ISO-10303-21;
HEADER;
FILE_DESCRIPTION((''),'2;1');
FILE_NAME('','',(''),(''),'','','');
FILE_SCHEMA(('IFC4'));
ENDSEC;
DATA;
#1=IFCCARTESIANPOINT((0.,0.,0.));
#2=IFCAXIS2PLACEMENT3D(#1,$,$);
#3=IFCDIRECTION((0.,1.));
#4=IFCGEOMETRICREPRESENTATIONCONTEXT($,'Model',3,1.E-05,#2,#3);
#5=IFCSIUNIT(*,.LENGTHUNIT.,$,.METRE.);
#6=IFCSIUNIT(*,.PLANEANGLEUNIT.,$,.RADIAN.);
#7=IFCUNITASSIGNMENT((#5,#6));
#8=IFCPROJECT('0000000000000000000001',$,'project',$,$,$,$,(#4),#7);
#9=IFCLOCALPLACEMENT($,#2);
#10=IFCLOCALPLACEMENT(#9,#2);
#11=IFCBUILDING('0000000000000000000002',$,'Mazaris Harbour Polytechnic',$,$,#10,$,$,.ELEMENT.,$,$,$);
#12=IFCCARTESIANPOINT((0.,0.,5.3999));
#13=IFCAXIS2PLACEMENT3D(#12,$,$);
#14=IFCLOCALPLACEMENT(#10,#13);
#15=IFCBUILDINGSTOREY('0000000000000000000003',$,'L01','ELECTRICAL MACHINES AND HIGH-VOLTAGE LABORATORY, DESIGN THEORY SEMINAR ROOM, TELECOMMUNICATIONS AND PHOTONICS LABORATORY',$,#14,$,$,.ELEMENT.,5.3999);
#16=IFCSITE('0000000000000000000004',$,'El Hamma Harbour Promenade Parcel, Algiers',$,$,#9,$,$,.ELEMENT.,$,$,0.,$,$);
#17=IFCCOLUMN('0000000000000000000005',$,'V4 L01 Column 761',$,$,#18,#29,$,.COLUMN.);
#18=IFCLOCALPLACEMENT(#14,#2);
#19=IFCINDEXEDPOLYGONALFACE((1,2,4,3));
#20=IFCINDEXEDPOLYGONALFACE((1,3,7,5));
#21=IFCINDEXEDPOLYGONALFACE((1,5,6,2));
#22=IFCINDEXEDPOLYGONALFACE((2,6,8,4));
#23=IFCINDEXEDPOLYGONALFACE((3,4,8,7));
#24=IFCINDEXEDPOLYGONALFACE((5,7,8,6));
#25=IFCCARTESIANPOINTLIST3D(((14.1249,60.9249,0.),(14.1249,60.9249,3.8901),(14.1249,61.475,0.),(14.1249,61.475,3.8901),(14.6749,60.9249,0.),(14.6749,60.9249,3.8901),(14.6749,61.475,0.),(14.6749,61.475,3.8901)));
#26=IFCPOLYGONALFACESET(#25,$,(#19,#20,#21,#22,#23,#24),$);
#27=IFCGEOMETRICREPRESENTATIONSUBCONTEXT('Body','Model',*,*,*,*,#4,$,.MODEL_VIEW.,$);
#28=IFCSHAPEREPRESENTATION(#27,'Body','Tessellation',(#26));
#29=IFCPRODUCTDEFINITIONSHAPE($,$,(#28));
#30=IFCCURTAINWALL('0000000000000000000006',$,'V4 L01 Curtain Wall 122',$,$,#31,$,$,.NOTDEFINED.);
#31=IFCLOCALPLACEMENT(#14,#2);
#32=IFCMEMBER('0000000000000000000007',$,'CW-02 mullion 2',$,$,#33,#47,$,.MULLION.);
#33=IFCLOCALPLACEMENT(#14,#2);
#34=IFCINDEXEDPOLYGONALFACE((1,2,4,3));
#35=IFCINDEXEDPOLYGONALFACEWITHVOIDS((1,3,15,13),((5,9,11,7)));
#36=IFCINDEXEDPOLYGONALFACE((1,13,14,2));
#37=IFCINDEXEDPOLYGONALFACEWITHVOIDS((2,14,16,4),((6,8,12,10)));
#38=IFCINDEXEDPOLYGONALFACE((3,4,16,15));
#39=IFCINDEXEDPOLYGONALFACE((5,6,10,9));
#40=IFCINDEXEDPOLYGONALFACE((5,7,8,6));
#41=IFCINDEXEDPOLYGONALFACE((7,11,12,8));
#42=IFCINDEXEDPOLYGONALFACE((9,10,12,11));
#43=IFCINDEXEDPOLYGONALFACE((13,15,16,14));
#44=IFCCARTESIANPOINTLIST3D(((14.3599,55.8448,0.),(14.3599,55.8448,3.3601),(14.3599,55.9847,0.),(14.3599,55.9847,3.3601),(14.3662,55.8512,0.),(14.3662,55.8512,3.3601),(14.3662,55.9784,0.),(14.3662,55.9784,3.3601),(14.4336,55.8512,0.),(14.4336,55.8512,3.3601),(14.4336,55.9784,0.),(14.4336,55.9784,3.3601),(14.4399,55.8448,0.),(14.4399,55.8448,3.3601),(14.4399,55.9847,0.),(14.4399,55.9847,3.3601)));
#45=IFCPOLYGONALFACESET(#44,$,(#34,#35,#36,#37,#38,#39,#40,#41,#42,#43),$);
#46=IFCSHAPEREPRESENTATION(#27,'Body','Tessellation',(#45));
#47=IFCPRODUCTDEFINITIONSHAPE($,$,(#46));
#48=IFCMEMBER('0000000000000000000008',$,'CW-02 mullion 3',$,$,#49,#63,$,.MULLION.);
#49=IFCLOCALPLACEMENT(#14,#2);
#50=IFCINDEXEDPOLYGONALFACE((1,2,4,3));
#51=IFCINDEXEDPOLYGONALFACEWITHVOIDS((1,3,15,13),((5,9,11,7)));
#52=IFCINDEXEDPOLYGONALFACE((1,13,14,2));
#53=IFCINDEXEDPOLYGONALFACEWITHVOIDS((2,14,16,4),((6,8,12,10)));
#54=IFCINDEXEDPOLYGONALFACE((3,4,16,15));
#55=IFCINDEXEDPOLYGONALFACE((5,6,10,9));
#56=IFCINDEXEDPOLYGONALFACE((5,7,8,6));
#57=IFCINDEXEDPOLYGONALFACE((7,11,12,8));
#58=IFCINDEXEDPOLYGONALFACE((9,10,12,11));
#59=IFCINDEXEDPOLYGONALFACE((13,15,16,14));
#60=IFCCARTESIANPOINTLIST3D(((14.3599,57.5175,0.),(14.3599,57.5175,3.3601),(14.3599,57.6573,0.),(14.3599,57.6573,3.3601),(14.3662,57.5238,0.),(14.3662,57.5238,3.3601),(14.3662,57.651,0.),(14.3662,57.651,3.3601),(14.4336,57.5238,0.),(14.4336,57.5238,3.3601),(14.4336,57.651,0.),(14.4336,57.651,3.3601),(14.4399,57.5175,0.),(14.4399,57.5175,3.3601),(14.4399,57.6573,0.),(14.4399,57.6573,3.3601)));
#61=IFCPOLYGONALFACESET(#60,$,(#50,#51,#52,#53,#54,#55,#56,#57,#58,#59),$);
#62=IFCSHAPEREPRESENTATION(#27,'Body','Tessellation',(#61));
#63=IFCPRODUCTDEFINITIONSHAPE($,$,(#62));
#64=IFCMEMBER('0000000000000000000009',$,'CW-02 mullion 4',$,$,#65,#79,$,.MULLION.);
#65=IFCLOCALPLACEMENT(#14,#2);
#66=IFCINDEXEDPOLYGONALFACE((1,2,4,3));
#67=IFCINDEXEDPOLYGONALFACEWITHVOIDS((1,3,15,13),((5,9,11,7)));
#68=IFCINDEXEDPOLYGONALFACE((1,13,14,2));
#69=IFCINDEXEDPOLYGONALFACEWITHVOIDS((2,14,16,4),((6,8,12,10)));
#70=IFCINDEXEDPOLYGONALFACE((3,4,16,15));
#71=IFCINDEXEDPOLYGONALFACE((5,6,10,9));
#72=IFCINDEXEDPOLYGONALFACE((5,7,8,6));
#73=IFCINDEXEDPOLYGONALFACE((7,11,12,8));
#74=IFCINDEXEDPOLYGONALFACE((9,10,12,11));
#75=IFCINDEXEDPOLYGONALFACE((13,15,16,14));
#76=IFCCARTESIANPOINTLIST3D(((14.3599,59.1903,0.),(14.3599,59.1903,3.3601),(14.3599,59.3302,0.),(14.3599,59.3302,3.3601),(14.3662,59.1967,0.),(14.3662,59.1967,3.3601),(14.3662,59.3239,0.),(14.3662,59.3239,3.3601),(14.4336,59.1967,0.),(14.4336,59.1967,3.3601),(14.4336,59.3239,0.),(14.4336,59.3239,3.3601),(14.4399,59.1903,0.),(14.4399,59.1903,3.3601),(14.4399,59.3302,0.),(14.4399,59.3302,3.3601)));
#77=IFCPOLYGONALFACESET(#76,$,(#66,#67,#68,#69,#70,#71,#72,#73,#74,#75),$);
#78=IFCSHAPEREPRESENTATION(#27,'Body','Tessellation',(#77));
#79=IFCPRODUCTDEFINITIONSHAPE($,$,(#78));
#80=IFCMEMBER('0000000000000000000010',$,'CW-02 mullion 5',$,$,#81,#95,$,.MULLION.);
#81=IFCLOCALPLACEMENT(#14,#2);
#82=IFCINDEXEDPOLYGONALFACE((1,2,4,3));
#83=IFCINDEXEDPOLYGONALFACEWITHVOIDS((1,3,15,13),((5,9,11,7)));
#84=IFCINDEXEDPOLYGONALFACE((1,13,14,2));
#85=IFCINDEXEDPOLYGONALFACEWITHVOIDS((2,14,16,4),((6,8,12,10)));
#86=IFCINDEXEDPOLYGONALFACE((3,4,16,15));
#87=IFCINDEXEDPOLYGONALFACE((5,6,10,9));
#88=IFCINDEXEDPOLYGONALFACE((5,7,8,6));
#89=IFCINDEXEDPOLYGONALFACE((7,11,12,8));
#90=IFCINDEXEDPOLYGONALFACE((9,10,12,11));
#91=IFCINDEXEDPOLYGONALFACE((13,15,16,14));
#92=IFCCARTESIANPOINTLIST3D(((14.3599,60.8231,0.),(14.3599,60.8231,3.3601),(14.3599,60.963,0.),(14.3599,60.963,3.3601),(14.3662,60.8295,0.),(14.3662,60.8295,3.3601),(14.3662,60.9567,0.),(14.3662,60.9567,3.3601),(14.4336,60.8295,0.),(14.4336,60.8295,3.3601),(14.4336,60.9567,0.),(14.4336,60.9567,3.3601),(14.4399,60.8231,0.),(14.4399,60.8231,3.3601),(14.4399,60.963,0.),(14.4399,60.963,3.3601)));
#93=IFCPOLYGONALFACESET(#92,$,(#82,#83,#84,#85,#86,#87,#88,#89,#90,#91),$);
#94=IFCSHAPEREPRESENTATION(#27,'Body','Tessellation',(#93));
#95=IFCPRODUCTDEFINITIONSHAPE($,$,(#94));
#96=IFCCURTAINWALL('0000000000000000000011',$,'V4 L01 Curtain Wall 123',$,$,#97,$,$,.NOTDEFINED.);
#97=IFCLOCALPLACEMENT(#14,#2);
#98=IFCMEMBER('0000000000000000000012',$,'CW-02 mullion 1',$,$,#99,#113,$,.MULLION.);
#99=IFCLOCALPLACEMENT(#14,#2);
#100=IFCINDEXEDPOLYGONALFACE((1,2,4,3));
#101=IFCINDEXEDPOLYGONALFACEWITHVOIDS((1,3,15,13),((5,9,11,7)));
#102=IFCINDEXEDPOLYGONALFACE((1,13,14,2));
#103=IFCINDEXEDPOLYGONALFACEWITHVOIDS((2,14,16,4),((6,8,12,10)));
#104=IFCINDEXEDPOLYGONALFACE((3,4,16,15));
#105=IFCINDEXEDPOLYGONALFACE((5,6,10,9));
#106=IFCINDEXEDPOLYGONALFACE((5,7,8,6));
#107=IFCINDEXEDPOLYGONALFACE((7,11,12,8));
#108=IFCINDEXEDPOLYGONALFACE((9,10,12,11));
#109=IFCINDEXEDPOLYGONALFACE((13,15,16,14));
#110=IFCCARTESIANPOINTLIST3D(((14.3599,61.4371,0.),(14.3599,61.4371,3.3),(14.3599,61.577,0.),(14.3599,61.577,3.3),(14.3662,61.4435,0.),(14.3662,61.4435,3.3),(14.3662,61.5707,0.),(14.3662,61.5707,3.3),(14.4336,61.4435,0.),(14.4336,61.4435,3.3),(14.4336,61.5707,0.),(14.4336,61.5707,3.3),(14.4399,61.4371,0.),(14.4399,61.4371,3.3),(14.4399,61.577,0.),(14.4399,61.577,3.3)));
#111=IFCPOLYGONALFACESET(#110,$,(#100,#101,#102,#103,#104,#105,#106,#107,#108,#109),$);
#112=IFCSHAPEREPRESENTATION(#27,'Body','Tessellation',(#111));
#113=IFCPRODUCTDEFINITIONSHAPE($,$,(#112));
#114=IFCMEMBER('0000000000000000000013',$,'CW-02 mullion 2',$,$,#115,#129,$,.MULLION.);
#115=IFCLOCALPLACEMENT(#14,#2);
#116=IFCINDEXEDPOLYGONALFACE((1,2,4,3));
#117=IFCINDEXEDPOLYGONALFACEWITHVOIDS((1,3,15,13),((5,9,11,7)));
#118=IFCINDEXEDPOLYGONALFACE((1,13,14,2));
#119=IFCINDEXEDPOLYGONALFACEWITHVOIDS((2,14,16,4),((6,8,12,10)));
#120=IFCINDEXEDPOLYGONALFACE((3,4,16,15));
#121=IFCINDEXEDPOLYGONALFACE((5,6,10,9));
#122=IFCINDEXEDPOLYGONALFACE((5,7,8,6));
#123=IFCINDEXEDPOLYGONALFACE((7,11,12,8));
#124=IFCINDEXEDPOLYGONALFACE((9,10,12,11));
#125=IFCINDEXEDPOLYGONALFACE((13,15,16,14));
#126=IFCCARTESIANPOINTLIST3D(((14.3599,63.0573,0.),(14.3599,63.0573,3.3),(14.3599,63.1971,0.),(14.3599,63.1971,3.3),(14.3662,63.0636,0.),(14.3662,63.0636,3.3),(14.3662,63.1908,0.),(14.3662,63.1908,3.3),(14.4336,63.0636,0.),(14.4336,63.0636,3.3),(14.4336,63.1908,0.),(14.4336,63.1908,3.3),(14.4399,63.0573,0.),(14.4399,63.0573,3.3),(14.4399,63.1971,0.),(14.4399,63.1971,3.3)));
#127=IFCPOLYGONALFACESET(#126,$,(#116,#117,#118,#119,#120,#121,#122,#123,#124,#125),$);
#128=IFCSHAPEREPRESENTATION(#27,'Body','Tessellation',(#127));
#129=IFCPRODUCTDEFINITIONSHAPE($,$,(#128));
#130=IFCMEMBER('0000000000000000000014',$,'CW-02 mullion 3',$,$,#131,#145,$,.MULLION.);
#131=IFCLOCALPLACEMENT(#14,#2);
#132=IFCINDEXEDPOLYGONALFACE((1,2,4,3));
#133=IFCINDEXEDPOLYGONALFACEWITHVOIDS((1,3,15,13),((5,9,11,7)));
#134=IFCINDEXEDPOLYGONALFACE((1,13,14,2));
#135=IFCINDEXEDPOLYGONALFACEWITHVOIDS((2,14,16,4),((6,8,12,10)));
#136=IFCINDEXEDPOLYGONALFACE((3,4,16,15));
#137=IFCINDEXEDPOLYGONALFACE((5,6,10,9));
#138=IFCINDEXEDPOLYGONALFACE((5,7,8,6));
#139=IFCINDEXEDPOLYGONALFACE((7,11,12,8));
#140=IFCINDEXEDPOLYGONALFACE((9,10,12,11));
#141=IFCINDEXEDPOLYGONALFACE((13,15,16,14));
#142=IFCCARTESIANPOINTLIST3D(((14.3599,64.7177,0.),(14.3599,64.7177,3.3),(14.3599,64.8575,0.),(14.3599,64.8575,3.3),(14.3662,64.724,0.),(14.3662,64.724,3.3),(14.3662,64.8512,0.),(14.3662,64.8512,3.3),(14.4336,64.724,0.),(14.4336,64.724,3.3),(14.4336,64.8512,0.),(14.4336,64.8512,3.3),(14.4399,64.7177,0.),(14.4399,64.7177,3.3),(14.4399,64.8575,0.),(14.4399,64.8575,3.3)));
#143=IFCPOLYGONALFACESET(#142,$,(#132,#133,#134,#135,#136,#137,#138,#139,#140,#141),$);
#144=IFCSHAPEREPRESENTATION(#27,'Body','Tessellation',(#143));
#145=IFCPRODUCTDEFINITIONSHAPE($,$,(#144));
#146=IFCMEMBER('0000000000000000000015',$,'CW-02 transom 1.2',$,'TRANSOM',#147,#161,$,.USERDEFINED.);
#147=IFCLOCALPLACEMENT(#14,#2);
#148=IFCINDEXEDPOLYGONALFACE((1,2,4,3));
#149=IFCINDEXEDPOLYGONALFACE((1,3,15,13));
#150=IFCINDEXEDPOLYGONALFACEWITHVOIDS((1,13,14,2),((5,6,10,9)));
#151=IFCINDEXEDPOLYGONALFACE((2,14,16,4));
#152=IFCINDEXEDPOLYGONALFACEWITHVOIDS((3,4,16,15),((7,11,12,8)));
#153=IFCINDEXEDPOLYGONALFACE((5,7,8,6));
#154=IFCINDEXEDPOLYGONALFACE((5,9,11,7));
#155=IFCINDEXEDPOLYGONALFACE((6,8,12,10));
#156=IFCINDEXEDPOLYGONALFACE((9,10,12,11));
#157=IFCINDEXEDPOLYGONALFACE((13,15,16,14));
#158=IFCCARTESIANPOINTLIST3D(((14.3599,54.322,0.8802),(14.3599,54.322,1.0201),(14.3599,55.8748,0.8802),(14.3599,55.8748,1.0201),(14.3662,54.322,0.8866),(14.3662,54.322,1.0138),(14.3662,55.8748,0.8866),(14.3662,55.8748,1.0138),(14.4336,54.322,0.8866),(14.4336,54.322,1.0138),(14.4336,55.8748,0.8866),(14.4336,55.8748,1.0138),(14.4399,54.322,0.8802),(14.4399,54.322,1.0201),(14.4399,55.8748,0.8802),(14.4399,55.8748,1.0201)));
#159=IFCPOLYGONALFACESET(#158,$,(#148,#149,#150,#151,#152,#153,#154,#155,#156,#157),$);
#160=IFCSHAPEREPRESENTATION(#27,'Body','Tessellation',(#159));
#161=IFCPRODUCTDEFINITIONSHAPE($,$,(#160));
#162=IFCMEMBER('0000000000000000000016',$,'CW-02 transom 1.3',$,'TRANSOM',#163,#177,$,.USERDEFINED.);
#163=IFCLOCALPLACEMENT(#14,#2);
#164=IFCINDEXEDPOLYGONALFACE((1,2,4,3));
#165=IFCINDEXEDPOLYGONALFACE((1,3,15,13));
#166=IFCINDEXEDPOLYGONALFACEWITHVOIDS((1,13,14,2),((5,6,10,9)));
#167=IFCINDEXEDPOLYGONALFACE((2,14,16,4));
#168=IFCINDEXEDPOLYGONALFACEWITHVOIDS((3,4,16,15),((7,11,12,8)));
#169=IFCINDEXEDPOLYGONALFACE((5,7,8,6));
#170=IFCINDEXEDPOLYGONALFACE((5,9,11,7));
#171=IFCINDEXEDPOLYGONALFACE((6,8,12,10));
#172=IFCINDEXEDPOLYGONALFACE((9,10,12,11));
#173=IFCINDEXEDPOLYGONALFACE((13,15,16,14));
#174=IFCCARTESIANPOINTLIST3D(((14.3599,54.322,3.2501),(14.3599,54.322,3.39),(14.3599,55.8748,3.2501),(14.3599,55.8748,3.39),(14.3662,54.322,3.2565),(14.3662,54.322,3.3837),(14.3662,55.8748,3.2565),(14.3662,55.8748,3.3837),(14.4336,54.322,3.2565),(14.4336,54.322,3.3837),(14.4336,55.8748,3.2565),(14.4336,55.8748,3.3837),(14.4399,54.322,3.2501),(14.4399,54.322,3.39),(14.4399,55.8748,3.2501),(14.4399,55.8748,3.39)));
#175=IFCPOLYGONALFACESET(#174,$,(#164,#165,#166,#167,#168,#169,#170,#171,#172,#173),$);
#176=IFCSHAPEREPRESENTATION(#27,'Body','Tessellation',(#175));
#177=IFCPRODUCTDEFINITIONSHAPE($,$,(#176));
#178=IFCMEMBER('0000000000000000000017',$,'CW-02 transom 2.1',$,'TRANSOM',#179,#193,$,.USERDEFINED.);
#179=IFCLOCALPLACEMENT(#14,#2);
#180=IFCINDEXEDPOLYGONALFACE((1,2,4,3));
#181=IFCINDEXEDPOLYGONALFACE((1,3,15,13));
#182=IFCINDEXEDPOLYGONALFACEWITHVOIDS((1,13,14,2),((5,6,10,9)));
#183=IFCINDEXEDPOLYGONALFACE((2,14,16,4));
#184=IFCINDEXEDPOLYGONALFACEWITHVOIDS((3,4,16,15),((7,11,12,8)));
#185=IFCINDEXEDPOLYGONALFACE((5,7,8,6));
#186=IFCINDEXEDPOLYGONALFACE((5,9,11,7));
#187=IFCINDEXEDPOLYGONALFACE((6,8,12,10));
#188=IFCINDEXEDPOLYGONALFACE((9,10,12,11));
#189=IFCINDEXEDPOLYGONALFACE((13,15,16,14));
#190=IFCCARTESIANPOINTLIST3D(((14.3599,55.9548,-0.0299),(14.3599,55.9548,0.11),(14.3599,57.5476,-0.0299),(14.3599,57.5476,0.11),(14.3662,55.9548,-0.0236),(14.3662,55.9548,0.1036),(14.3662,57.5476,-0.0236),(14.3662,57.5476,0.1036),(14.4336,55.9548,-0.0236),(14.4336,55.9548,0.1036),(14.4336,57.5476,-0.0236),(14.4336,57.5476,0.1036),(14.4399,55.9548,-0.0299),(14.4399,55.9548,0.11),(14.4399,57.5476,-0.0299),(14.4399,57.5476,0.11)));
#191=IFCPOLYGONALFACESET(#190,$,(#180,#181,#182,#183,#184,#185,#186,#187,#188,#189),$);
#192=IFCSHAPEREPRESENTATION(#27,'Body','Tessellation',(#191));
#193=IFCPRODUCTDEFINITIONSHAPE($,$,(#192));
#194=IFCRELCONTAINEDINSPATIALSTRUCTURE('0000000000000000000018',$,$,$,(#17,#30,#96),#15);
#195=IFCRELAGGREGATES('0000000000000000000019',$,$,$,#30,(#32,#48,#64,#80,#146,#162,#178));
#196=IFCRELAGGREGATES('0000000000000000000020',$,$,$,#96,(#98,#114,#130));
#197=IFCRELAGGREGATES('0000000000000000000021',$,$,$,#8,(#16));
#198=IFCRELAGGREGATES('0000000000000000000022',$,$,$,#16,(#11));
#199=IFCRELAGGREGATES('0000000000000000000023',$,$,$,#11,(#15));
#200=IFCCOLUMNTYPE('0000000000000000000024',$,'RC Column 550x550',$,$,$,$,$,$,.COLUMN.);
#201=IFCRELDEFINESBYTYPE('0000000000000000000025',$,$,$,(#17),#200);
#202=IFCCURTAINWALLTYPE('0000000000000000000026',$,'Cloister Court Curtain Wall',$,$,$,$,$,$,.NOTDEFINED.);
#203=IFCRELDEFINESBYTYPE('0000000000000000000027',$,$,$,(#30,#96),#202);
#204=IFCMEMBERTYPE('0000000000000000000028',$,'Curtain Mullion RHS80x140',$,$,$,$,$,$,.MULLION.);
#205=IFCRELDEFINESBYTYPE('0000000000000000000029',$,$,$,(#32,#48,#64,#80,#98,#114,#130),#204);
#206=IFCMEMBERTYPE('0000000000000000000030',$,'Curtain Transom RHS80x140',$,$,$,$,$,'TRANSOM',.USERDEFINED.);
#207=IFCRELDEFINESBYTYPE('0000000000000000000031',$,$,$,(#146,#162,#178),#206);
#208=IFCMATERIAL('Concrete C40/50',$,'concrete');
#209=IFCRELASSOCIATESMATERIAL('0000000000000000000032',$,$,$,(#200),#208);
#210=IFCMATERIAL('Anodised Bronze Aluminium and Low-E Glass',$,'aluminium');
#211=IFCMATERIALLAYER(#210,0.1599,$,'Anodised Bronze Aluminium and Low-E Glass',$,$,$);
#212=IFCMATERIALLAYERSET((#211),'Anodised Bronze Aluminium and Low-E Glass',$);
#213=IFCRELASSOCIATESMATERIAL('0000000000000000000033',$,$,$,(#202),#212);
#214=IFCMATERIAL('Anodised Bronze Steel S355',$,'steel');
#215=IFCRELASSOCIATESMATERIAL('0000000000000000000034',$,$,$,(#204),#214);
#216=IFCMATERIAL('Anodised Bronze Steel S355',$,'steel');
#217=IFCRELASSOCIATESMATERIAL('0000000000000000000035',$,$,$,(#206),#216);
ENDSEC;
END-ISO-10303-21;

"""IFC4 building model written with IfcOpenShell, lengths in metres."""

from ifc_helpers import new_model, si_unit, direction, frame, origin, origin_2d, place, context, subcontext, project, spatial, rectangle, hollow_rectangle, extrude, material, layer, layer_set, material_profile, profile_set, type_object, element, aggregate, save


model = new_model("IFC4")

# Units and contexts
model_context = context("Model", 3, precision=1e-05, world=origin(), true_north=direction((0.0, 1.0)))
body_context = subcontext(model_context, "Body", "Model", "MODEL_VIEW")
ifc_project = project(units=[si_unit("LENGTHUNIT", "METRE"), si_unit("PLANEANGLEUNIT", "RADIAN")], contexts=[model_context])

# Site, building, storey
site_placement = place(None, origin())
site = spatial("IfcSite", under=ifc_project, at=site_placement, Name="El Hamma Harbour Promenade Parcel, Algiers", CompositionType="ELEMENT", RefElevation=0.0)
building_placement = place(site_placement, origin())
building = spatial("IfcBuilding", under=site, at=building_placement, Name="Mazaris Harbour Polytechnic", CompositionType="ELEMENT")
storey_placement = place(building_placement, frame((0.0, 0.0, 5.3999)))
storey = spatial("IfcBuildingStorey", under=building, at=storey_placement, Name="L01", Description="ELECTRICAL MACHINES AND HIGH-VOLTAGE LABORATORY, DESIGN THEORY SEMINAR ROOM, TELECOMMUNICATIONS AND PHOTONICS LABORATORY", CompositionType="ELEMENT", Elevation=5.3999)

# Column
ifc_material_1 = material(Name="Concrete C40/50", Category="concrete")
ifc_material_profile_1 = material_profile(ifc_material_1, rectangle(XDim=0.55, YDim=0.55, at=origin_2d()), Name="RECT550x550")
ifc_profile_set_1 = profile_set([ifc_material_profile_1], Name="Concrete C40/50")
column_type = type_object("IfcColumnType", Name="RC Column 550x550", PredefinedType="COLUMN", material=ifc_profile_set_1)
column_placement = place(storey_placement, frame((14.3999, 61.2, 0.0), z_axis=(0.0, 0.0, 1.0), x_axis=(1.0, 0.0, 0.0)))
element("IfcColumn", 1, at=column_placement, inside=storey, type_object=column_type, Name="V4 L01 Column 761", PredefinedType="COLUMN", context=body_context, shape_type="SweptSolid", body=[
    extrude(rectangle(XDim=0.55, YDim=0.55, at=origin_2d()), origin(), (0.0, 0.0, 1.0), 3.8901),
])

# Curtain walls, members
ifc_material_2 = material(Name="Anodised Bronze Aluminium and Low-E Glass", Category="aluminium")
ifc_layer_1 = layer(ifc_material_2, 0.1599, Name="Anodised Bronze Aluminium and Low-E Glass")
ifc_layer_set_1 = layer_set([ifc_layer_1], Name="Anodised Bronze Aluminium and Low-E Glass")
curtain_wall_type = type_object("IfcCurtainWallType", Name="Cloister Court Curtain Wall", PredefinedType="NOTDEFINED", material=ifc_layer_set_1)
curtain_wall_1_placement = place(storey_placement, origin())
curtain_wall_1 = element("IfcCurtainWall", 2, at=curtain_wall_1_placement, inside=storey, type_object=curtain_wall_type, Name="V4 L01 Curtain Wall 122", PredefinedType="NOTDEFINED")
ifc_material_3 = material(Name="Anodised Bronze Steel S355", Category="steel")
ifc_material_profile_2 = material_profile(ifc_material_3, hollow_rectangle(XDim=0.0801, YDim=0.1399, WallThickness=0.0063, at=origin_2d()), Name="RHS 80x140x6.3")
ifc_profile_set_2 = profile_set([ifc_material_profile_2], Name="Anodised Bronze Steel S355")
member_type_1 = type_object("IfcMemberType", Name="Curtain Mullion RHS80x140", PredefinedType="MULLION", material=ifc_profile_set_2)
member_1_placement = place(storey_placement, frame((14.3999, 55.9148, 0.0), z_axis=(0.0, 0.0, 1.0), x_axis=(-1.0, 0.0, 0.0)))
member_1 = element("IfcMember", 3, at=member_1_placement, type_object=member_type_1, Name="CW-02 mullion 2", PredefinedType="MULLION", context=body_context, shape_type="SweptSolid", body=[
    extrude(hollow_rectangle(XDim=0.0801, YDim=0.1399, WallThickness=0.0063, at=origin_2d()), origin(), (0.0, 0.0, 1.0), 3.3601),
])
member_2_placement = place(storey_placement, frame((14.3999, 57.5874, 0.0), z_axis=(0.0, 0.0, 1.0), x_axis=(-1.0, 0.0, 0.0)))
member_2 = element("IfcMember", 4, at=member_2_placement, type_object=member_type_1, Name="CW-02 mullion 3", PredefinedType="MULLION", context=body_context, shape_type="SweptSolid", body=[
    extrude(hollow_rectangle(XDim=0.0801, YDim=0.1399, WallThickness=0.0063, at=origin_2d()), origin(), (0.0, 0.0, 1.0), 3.3601),
])
member_3_placement = place(storey_placement, frame((14.3999, 59.2603, 0.0), z_axis=(0.0, 0.0, 1.0), x_axis=(-1.0, 0.0, 0.0)))
member_3 = element("IfcMember", 5, at=member_3_placement, type_object=member_type_1, Name="CW-02 mullion 4", PredefinedType="MULLION", context=body_context, shape_type="SweptSolid", body=[
    extrude(hollow_rectangle(XDim=0.0801, YDim=0.1399, WallThickness=0.0063, at=origin_2d()), origin(), (0.0, 0.0, 1.0), 3.3601),
])
member_4_placement = place(storey_placement, frame((14.3999, 60.8931, 0.0), z_axis=(0.0, 0.0, 1.0), x_axis=(-1.0, 0.0, 0.0)))
member_4 = element("IfcMember", 6, at=member_4_placement, type_object=member_type_1, Name="CW-02 mullion 5", PredefinedType="MULLION", context=body_context, shape_type="SweptSolid", body=[
    extrude(hollow_rectangle(XDim=0.0801, YDim=0.1399, WallThickness=0.0063, at=origin_2d()), origin(), (0.0, 0.0, 1.0), 3.3601),
])
curtain_wall_2_placement = place(storey_placement, origin())
curtain_wall_2 = element("IfcCurtainWall", 7, at=curtain_wall_2_placement, inside=storey, type_object=curtain_wall_type, Name="V4 L01 Curtain Wall 123", PredefinedType="NOTDEFINED")
member_5_placement = place(storey_placement, frame((14.3999, 61.5071, 0.0), z_axis=(0.0, 0.0, 1.0), x_axis=(-1.0, 0.0, 0.0)))
member_5 = element("IfcMember", 8, at=member_5_placement, type_object=member_type_1, Name="CW-02 mullion 1", PredefinedType="MULLION", context=body_context, shape_type="SweptSolid", body=[
    extrude(hollow_rectangle(XDim=0.0801, YDim=0.1399, WallThickness=0.0063, at=origin_2d()), origin(), (0.0, 0.0, 1.0), 3.3),
])
member_6_placement = place(storey_placement, frame((14.3999, 63.1272, 0.0), z_axis=(0.0, 0.0, 1.0), x_axis=(-1.0, 0.0, 0.0)))
member_6 = element("IfcMember", 9, at=member_6_placement, type_object=member_type_1, Name="CW-02 mullion 2", PredefinedType="MULLION", context=body_context, shape_type="SweptSolid", body=[
    extrude(hollow_rectangle(XDim=0.0801, YDim=0.1399, WallThickness=0.0063, at=origin_2d()), origin(), (0.0, 0.0, 1.0), 3.3),
])
member_7_placement = place(storey_placement, frame((14.3999, 64.7876, 0.0), z_axis=(0.0, 0.0, 1.0), x_axis=(-1.0, 0.0, 0.0)))
member_7 = element("IfcMember", 10, at=member_7_placement, type_object=member_type_1, Name="CW-02 mullion 3", PredefinedType="MULLION", context=body_context, shape_type="SweptSolid", body=[
    extrude(hollow_rectangle(XDim=0.0801, YDim=0.1399, WallThickness=0.0063, at=origin_2d()), origin(), (0.0, 0.0, 1.0), 3.3),
])

# Members
ifc_material_4 = material(Name="Anodised Bronze Steel S355", Category="steel")
ifc_material_profile_3 = material_profile(ifc_material_4, hollow_rectangle(XDim=0.0801, YDim=0.1399, WallThickness=0.0063, at=origin_2d()), Name="RHS 80x140x6.3")
ifc_profile_set_3 = profile_set([ifc_material_profile_3], Name="Anodised Bronze Steel S355")
member_type_2 = type_object("IfcMemberType", Name="Curtain Transom RHS80x140", ElementType="TRANSOM", PredefinedType="USERDEFINED", material=ifc_profile_set_3)
member_8_placement = place(storey_placement, frame((14.3999, 54.322, 0.9502), z_axis=(0.0, 1.0, 0.0), x_axis=(-1.0, 0.0, 0.0)))
member_8 = element("IfcMember", 11, at=member_8_placement, type_object=member_type_2, Name="CW-02 transom 1.2", ObjectType="TRANSOM", PredefinedType="USERDEFINED", context=body_context, shape_type="SweptSolid", body=[
    extrude(hollow_rectangle(XDim=0.0801, YDim=0.1399, WallThickness=0.0063, at=origin_2d()), origin(), (0.0, 0.0, 1.0), 1.5527),
])
member_9_placement = place(storey_placement, frame((14.3999, 54.322, 3.3201), z_axis=(0.0, 1.0, 0.0), x_axis=(-1.0, 0.0, 0.0)))
member_9 = element("IfcMember", 12, at=member_9_placement, type_object=member_type_2, Name="CW-02 transom 1.3", ObjectType="TRANSOM", PredefinedType="USERDEFINED", context=body_context, shape_type="SweptSolid", body=[
    extrude(hollow_rectangle(XDim=0.0801, YDim=0.1399, WallThickness=0.0063, at=origin_2d()), origin(), (0.0, 0.0, 1.0), 1.5527),
])
member_10_placement = place(storey_placement, frame((14.3999, 55.9548, 0.04), z_axis=(0.0, 1.0, 0.0), x_axis=(-1.0, 0.0, 0.0)))
member_10 = element("IfcMember", 13, at=member_10_placement, type_object=member_type_2, Name="CW-02 transom 2.1", ObjectType="TRANSOM", PredefinedType="USERDEFINED", context=body_context, shape_type="SweptSolid", body=[
    extrude(hollow_rectangle(XDim=0.0801, YDim=0.1399, WallThickness=0.0063, at=origin_2d()), origin(), (0.0, 0.0, 1.0), 1.5928),
])

aggregate(curtain_wall_1, [member_1, member_2, member_3, member_4, member_8, member_9, member_10])
aggregate(curtain_wall_2, [member_5, member_6, member_7])

save(model, "model.ifc")
